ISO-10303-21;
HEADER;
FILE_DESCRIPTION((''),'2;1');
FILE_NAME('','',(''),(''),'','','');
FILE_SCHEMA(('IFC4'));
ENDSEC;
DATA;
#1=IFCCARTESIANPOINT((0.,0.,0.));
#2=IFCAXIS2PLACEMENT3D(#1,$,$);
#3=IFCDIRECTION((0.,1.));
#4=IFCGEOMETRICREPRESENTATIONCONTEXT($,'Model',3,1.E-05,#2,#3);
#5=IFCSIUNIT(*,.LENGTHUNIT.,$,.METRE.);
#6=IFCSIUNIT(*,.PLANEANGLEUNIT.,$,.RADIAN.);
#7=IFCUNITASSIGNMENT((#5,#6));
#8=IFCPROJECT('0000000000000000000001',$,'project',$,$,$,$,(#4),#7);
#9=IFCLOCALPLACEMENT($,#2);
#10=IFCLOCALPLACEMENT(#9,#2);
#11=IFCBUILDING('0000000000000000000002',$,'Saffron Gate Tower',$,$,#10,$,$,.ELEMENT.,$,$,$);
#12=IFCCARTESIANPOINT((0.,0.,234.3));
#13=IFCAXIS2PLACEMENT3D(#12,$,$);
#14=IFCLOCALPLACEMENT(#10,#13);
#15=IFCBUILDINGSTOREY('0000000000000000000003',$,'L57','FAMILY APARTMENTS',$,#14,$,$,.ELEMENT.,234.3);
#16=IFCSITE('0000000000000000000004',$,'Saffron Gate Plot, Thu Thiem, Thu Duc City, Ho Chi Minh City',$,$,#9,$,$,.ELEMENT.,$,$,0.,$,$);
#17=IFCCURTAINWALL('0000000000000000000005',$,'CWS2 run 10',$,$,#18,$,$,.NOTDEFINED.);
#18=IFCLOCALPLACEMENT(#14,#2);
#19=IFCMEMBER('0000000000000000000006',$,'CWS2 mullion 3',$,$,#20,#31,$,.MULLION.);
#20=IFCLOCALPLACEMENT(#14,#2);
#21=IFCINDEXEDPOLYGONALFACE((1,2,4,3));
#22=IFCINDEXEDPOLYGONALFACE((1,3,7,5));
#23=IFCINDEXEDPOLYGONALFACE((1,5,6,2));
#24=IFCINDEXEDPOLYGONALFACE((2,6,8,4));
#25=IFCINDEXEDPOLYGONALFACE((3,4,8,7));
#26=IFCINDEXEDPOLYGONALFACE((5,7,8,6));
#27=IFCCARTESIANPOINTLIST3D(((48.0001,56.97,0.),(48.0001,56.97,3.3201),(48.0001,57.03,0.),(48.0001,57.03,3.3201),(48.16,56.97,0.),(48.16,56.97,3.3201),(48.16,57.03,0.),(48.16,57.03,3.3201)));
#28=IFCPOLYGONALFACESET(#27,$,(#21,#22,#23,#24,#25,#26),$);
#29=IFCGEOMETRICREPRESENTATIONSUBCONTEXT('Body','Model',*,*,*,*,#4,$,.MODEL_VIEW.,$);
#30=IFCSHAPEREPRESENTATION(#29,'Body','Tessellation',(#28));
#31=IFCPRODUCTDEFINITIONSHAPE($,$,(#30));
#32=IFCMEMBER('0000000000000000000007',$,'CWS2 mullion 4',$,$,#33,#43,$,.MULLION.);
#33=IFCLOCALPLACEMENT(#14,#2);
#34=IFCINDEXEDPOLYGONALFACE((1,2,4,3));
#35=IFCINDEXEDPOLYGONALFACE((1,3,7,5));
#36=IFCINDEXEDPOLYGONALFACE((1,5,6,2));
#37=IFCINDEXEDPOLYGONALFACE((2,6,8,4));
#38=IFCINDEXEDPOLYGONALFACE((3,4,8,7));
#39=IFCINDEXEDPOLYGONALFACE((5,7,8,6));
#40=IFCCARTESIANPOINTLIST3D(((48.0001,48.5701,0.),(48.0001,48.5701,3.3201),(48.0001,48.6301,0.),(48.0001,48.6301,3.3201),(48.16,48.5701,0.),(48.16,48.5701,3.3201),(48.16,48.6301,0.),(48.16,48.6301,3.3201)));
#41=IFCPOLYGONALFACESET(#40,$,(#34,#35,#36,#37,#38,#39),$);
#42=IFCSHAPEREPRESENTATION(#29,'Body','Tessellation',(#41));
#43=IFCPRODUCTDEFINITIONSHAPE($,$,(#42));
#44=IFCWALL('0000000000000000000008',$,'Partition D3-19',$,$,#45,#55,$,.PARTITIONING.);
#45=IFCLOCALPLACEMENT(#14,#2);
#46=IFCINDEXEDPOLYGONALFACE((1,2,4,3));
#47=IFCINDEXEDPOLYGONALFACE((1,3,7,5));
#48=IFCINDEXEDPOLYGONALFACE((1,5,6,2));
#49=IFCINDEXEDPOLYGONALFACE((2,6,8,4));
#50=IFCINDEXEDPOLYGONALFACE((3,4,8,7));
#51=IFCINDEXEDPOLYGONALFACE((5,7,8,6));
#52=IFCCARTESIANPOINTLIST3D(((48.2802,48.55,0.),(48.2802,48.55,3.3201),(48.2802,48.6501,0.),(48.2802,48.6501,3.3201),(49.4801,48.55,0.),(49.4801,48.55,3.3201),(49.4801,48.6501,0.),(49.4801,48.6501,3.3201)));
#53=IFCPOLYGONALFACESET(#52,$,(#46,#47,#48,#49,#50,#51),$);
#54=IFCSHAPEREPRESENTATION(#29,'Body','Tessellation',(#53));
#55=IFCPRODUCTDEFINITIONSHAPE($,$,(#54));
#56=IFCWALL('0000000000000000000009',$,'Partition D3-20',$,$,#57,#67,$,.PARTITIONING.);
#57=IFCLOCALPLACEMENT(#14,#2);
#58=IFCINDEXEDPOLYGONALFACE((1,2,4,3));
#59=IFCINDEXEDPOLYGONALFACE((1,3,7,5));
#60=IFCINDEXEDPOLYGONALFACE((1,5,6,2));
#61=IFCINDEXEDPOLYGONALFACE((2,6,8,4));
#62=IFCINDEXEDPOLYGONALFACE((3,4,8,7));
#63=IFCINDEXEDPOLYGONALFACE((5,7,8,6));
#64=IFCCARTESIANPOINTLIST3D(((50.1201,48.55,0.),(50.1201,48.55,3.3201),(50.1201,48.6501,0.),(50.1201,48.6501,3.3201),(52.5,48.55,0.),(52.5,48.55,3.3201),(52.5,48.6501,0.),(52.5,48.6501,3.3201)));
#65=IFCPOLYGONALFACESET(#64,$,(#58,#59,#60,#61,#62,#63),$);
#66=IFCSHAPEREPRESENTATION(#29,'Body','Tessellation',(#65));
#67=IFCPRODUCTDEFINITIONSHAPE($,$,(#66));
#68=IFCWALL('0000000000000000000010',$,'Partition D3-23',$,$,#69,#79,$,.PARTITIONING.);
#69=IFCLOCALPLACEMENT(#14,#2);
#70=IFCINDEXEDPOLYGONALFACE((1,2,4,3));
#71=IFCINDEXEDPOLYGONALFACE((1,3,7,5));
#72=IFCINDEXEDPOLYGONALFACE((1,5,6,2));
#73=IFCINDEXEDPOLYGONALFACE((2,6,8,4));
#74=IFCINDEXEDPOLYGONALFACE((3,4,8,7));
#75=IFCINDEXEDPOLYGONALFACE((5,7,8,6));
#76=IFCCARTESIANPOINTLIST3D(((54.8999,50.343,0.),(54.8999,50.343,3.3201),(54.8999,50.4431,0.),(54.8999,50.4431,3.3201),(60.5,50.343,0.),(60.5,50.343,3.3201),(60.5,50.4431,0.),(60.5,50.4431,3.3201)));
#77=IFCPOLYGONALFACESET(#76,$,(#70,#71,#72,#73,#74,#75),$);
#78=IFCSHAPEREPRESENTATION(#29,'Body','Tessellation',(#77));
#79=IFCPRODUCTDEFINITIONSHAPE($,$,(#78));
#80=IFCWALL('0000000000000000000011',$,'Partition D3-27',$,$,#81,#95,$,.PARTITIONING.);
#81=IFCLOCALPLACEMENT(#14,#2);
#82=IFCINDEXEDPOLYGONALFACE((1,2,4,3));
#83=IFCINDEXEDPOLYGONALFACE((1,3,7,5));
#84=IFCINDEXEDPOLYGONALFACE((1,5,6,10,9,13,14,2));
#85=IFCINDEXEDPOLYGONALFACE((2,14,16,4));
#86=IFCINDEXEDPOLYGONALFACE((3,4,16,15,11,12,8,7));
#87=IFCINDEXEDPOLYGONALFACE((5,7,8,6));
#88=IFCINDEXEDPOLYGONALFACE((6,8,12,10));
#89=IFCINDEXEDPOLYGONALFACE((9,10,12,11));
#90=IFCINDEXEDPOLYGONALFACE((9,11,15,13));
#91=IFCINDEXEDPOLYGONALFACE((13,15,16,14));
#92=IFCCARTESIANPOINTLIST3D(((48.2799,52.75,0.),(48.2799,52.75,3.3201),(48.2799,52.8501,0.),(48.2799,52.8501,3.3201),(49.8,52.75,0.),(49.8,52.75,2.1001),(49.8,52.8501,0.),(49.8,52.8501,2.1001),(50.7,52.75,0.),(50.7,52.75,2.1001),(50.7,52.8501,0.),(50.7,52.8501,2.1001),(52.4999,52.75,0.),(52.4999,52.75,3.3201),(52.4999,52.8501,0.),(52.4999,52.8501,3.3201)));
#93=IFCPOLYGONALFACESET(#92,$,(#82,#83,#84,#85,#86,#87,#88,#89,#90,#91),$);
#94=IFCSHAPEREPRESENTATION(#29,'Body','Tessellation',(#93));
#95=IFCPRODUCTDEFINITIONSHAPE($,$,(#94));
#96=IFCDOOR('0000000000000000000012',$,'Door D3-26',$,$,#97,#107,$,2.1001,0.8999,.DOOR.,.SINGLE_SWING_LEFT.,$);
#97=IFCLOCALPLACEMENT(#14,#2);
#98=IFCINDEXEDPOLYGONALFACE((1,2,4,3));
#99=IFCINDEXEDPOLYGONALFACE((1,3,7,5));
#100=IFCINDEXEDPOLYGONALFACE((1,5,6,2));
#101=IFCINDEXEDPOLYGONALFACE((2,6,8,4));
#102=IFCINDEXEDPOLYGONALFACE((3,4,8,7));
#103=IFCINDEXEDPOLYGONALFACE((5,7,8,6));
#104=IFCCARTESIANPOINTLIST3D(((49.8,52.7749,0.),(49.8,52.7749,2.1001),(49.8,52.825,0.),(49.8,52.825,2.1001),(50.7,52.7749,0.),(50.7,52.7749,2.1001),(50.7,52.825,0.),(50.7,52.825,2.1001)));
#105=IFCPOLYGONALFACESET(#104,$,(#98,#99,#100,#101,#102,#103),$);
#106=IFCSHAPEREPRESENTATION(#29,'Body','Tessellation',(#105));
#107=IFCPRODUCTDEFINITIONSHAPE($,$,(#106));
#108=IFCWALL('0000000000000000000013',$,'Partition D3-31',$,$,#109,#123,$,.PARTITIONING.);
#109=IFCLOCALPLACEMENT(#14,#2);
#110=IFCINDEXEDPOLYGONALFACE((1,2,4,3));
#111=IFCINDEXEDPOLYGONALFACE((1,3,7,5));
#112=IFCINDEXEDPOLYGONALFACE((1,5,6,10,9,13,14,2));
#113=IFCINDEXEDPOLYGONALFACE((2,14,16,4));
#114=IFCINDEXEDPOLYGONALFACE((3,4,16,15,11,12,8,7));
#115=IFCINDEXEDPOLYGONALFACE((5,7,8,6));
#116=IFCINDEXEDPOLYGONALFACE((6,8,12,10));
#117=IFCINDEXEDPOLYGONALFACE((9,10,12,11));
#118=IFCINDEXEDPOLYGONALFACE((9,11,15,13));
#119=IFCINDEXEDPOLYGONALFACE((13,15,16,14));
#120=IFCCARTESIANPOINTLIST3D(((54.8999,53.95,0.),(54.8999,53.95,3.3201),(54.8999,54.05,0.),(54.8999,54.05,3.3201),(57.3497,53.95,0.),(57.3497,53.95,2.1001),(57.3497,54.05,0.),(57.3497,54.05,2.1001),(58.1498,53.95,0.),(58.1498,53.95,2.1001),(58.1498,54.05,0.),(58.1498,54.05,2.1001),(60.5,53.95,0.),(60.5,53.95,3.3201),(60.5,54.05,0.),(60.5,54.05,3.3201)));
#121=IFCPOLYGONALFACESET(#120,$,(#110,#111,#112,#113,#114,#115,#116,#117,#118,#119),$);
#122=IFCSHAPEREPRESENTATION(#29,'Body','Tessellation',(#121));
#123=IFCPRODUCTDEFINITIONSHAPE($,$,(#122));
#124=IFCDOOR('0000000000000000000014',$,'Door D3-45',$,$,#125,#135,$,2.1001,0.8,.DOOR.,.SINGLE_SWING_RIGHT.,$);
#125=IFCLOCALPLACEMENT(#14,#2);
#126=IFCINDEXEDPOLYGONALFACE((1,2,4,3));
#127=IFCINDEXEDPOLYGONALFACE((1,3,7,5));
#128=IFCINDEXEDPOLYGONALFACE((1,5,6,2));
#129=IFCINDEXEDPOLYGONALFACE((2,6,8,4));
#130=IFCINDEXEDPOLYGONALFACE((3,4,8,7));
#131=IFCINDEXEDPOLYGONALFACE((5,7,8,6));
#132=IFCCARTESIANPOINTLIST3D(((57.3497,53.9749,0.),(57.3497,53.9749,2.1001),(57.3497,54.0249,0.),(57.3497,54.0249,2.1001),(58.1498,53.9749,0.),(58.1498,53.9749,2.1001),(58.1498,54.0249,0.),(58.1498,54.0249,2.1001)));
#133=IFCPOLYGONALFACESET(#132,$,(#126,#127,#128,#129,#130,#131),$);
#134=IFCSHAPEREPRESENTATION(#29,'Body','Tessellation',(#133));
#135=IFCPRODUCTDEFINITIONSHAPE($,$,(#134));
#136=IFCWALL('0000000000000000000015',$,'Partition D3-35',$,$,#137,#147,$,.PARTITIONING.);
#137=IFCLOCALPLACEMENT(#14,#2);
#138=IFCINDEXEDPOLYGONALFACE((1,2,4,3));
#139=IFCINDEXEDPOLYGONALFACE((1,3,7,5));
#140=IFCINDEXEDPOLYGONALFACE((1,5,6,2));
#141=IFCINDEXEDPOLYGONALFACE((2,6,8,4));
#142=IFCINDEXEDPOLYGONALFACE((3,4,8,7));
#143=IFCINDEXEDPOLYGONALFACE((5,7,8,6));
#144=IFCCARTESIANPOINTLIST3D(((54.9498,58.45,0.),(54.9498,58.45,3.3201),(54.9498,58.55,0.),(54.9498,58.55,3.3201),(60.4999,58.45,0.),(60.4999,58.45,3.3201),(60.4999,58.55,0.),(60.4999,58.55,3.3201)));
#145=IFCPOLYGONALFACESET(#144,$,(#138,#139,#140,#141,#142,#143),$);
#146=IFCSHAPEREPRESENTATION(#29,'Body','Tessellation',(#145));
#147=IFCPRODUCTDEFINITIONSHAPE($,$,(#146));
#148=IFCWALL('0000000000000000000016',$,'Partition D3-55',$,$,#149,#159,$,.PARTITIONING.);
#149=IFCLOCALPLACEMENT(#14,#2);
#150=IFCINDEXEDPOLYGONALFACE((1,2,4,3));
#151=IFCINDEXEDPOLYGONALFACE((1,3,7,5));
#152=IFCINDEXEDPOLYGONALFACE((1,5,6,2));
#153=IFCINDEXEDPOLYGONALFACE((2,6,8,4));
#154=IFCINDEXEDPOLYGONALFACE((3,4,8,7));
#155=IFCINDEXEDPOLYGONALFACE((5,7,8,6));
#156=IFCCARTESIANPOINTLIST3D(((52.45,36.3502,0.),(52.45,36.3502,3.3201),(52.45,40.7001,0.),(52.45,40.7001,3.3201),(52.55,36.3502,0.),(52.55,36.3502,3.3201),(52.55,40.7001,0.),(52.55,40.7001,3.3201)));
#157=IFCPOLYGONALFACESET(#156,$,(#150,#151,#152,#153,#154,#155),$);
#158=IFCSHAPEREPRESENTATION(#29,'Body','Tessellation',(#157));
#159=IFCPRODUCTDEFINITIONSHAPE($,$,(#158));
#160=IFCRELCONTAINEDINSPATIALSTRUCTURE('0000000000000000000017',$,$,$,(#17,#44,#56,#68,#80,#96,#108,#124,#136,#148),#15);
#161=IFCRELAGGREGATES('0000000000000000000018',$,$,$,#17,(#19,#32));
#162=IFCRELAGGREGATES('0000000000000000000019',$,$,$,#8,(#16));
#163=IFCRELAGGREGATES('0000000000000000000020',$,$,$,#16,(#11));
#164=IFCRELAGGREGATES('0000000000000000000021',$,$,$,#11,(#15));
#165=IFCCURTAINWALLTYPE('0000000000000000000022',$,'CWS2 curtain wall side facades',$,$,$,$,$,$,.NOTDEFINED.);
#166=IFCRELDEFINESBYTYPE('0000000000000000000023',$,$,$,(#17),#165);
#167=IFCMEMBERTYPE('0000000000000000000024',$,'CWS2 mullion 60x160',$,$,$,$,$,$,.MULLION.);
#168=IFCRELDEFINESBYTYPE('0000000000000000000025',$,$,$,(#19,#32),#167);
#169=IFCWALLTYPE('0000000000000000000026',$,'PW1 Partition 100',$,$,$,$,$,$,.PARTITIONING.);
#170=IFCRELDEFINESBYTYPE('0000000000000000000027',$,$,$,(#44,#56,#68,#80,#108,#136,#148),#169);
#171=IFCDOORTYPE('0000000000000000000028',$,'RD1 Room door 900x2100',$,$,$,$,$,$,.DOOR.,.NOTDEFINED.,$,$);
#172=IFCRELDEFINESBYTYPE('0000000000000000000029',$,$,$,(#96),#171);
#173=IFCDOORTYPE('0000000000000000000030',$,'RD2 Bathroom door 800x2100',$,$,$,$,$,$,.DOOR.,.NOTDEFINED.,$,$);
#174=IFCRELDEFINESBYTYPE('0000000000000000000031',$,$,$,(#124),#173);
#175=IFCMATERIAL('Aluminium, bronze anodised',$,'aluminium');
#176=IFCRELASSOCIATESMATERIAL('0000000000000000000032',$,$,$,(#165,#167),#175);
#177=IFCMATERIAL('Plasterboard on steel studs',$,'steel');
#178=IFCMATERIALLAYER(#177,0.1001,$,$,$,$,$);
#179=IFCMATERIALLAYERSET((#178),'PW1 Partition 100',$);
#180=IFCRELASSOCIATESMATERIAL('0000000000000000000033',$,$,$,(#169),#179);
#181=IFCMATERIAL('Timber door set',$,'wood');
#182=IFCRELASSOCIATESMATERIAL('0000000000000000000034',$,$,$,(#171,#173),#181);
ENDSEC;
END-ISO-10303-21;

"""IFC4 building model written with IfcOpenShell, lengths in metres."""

from ifc_helpers import new_model, si_unit, direction, frame, frame_2d, origin, origin_2d, place, context, subcontext, project, spatial, rectangle, extrude, material, layer, layer_set, material_profile, profile_set, type_object, element, fill, aggregate, save


model = new_model("IFC4")

# Units and contexts
model_context = context("Model", 3, precision=1e-05, world=origin(), true_north=direction((0.0, 1.0)))
body_context = subcontext(model_context, "Body", "Model", "MODEL_VIEW")
ifc_project = project(units=[si_unit("LENGTHUNIT", "METRE"), si_unit("PLANEANGLEUNIT", "RADIAN")], contexts=[model_context])

# Site, building, storey
site_placement = place(None, origin())
site = spatial("IfcSite", under=ifc_project, at=site_placement, Name="Saffron Gate Plot, Thu Thiem, Thu Duc City, Ho Chi Minh City", CompositionType="ELEMENT", RefElevation=0.0)
building_placement = place(site_placement, origin())
building = spatial("IfcBuilding", under=site, at=building_placement, Name="Saffron Gate Tower", CompositionType="ELEMENT")
storey_placement = place(building_placement, frame((0.0, 0.0, 234.3)))
storey = spatial("IfcBuildingStorey", under=building, at=storey_placement, Name="L57", Description="FAMILY APARTMENTS", CompositionType="ELEMENT", Elevation=234.3)

# Curtain wall, members
ifc_material_1 = material(Name="Aluminium, bronze anodised", Category="aluminium")
curtain_wall_type = type_object("IfcCurtainWallType", Name="CWS2 curtain wall side facades", PredefinedType="NOTDEFINED", material=ifc_material_1)
curtain_wall_placement = place(storey_placement, origin())
curtain_wall = element("IfcCurtainWall", 1, at=curtain_wall_placement, inside=storey, type_object=curtain_wall_type, Name="CWS2 run 10", PredefinedType="NOTDEFINED")
ifc_material_profile_1 = material_profile(ifc_material_1, rectangle(XDim=0.1599, YDim=0.0601, at=origin_2d()))
ifc_profile_set_1 = profile_set([ifc_material_profile_1], Name="Aluminium, bronze anodised")
member_type = type_object("IfcMemberType", Name="CWS2 mullion 60x160", PredefinedType="MULLION", material=ifc_profile_set_1)
member_1_placement = place(storey_placement, frame((48.0801, 57.0, 0.0), z_axis=(0.0, 0.0, 1.0), x_axis=(1.0, 0.0, 0.0)))
member_1 = element("IfcMember", 2, at=member_1_placement, type_object=member_type, Name="CWS2 mullion 3", PredefinedType="MULLION", context=body_context, shape_type="SweptSolid", body=[
    extrude(rectangle(XDim=0.1599, YDim=0.0601, at=origin_2d()), origin(), (0.0, 0.0, 1.0), 3.3201),
])
member_2_placement = place(storey_placement, frame((48.0801, 48.6001, 0.0), z_axis=(0.0, 0.0, 1.0), x_axis=(1.0, 0.0, 0.0)))
member_2 = element("IfcMember", 3, at=member_2_placement, type_object=member_type, Name="CWS2 mullion 4", PredefinedType="MULLION", context=body_context, shape_type="SweptSolid", body=[
    extrude(rectangle(XDim=0.1599, YDim=0.0601, at=origin_2d()), origin(), (0.0, 0.0, 1.0), 3.3201),
])
aggregate(curtain_wall, [member_1, member_2])

# Walls
ifc_material_2 = material(Name="Plasterboard on steel studs", Category="steel")
ifc_layer_1 = layer(ifc_material_2, 0.1001)
ifc_layer_set_1 = layer_set([ifc_layer_1], Name="PW1 Partition 100")
wall_type_1 = type_object("IfcWallType", Name="PW1 Partition 100", PredefinedType="PARTITIONING", material=ifc_layer_set_1)
wall_1_placement = place(storey_placement, frame((48.28, 48.6001, 0.0), z_axis=(0.0, 0.0, 1.0), x_axis=(1.0, 0.0, 0.0)))
element("IfcWall", 4, at=wall_1_placement, inside=storey, type_object=wall_type_1, Name="Partition D3-19", PredefinedType="PARTITIONING", context=body_context, shape_type="SweptSolid", body=[
    extrude(rectangle(XDim=1.2, YDim=0.1001, at=frame_2d((0.6001, 0.0))), origin(), (0.0, 0.0, 1.0), 3.3201),
])
wall_2_placement = place(storey_placement, frame((50.1201, 48.6001, 0.0), z_axis=(0.0, 0.0, 1.0), x_axis=(1.0, 0.0, 0.0)))
element("IfcWall", 5, at=wall_2_placement, inside=storey, type_object=wall_type_1, Name="Partition D3-20", PredefinedType="PARTITIONING", context=body_context, shape_type="SweptSolid", body=[
    extrude(rectangle(XDim=2.3799, YDim=0.1001, at=frame_2d((1.1899, 0.0))), origin(), (0.0, 0.0, 1.0), 3.3201),
])
wall_3_placement = place(storey_placement, frame((54.8999, 50.3931, 0.0), z_axis=(0.0, 0.0, 1.0), x_axis=(1.0, 0.0, 0.0)))
element("IfcWall", 6, at=wall_3_placement, inside=storey, type_object=wall_type_1, Name="Partition D3-23", PredefinedType="PARTITIONING", context=body_context, shape_type="SweptSolid", body=[
    extrude(rectangle(XDim=5.6001, YDim=0.1001, at=frame_2d((2.8, 0.0))), origin(), (0.0, 0.0, 1.0), 3.3201),
])

# Walls, openings, doors
wall_4_placement = place(storey_placement, frame((48.28, 52.8, 0.0), z_axis=(0.0, 0.0, 1.0), x_axis=(1.0, 0.0, 0.0)))
wall_4 = element("IfcWall", 7, at=wall_4_placement, inside=storey, type_object=wall_type_1, Name="Partition D3-27", PredefinedType="PARTITIONING", context=body_context, shape_type="SweptSolid", body=[
    extrude(rectangle(XDim=4.22, YDim=0.1001, at=frame_2d((2.1099, 0.0))), origin(), (0.0, 0.0, 1.0), 3.3201),
])
opening_1_placement = place(wall_4_placement, frame((1.52, 0.0, 0.0)))
opening_1 = element("IfcOpeningElement", 8, at=opening_1_placement, cuts=wall_4, PredefinedType="OPENING", context=body_context, shape_type="SweptSolid", body=[
    extrude(rectangle(XDim=0.8999, YDim=2.1001, at=frame_2d((0.45, 1.05))), frame((0.0, 0.0601, 0.0), z_axis=(0.0, -1.0, 0.0), x_axis=(1.0, 0.0, 0.0)), (0.0, 0.0, 1.0), 0.1201),
])
ifc_material_3 = material(Name="Timber door set", Category="wood")
door_type_1 = type_object("IfcDoorType", Name="RD1 Room door 900x2100", OperationType="NOTDEFINED", PredefinedType="DOOR", material=ifc_material_3)
door_1_placement = place(opening_1_placement, origin())
door_1 = element("IfcDoor", 9, at=door_1_placement, inside=storey, type_object=door_type_1, Name="Door D3-26", OperationType="SINGLE_SWING_LEFT", OverallHeight=2.1001, OverallWidth=0.8999, PredefinedType="DOOR", context=body_context, shape_type="SweptSolid", body=[
    extrude(rectangle(XDim=0.8999, YDim=2.1001, at=frame_2d((0.45, 1.05))), frame((0.0, 0.0249, 0.0), z_axis=(0.0, -1.0, 0.0), x_axis=(1.0, 0.0, 0.0)), (0.0, 0.0, 1.0), 0.05),
])
fill(opening_1, door_1)
wall_5_placement = place(storey_placement, frame((54.8999, 54.0, 0.0), z_axis=(0.0, 0.0, 1.0), x_axis=(1.0, 0.0, 0.0)))
wall_5 = element("IfcWall", 10, at=wall_5_placement, inside=storey, type_object=wall_type_1, Name="Partition D3-31", PredefinedType="PARTITIONING", context=body_context, shape_type="SweptSolid", body=[
    extrude(rectangle(XDim=5.6001, YDim=0.1001, at=frame_2d((2.8, 0.0))), origin(), (0.0, 0.0, 1.0), 3.3201),
])
opening_2_placement = place(wall_5_placement, frame((2.45, 0.0, 0.0)))
opening_2 = element("IfcOpeningElement", 11, at=opening_2_placement, cuts=wall_5, PredefinedType="OPENING", context=body_context, shape_type="SweptSolid", body=[
    extrude(rectangle(XDim=0.8, YDim=2.1001, at=frame_2d((0.3999, 1.05))), frame((0.0, 0.0601, 0.0), z_axis=(0.0, -1.0, 0.0), x_axis=(1.0, 0.0, 0.0)), (0.0, 0.0, 1.0), 0.1201),
])
door_type_2 = type_object("IfcDoorType", Name="RD2 Bathroom door 800x2100", OperationType="NOTDEFINED", PredefinedType="DOOR", material=ifc_material_3)
door_2_placement = place(opening_2_placement, origin())
door_2 = element("IfcDoor", 12, at=door_2_placement, inside=storey, type_object=door_type_2, Name="Door D3-45", OperationType="SINGLE_SWING_RIGHT", OverallHeight=2.1001, OverallWidth=0.8, PredefinedType="DOOR", context=body_context, shape_type="SweptSolid", body=[
    extrude(rectangle(XDim=0.8, YDim=2.1001, at=frame_2d((0.3999, 1.05))), frame((0.0, 0.0249, 0.0), z_axis=(0.0, -1.0, 0.0), x_axis=(1.0, 0.0, 0.0)), (0.0, 0.0, 1.0), 0.05),
])
fill(opening_2, door_2)

# Walls
wall_6_placement = place(storey_placement, frame((54.95, 58.5, 0.0), z_axis=(0.0, 0.0, 1.0), x_axis=(1.0, 0.0, 0.0)))
element("IfcWall", 13, at=wall_6_placement, inside=storey, type_object=wall_type_1, Name="Partition D3-35", PredefinedType="PARTITIONING", context=body_context, shape_type="SweptSolid", body=[
    extrude(rectangle(XDim=5.55, YDim=0.1001, at=frame_2d((2.7749, 0.0))), origin(), (0.0, 0.0, 1.0), 3.3201),
])
wall_7_placement = place(storey_placement, frame((52.5, 40.7, 0.0), z_axis=(0.0, 0.0, 1.0), x_axis=(0.0, -1.0, 0.0)))
element("IfcWall", 14, at=wall_7_placement, inside=storey, type_object=wall_type_1, Name="Partition D3-55", PredefinedType="PARTITIONING", context=body_context, shape_type="SweptSolid", body=[
    extrude(rectangle(XDim=4.3499, YDim=0.1001, at=frame_2d((2.1748, 0.0))), origin(), (0.0, 0.0, 1.0), 3.3201),
])

save(model, "model.ifc")
